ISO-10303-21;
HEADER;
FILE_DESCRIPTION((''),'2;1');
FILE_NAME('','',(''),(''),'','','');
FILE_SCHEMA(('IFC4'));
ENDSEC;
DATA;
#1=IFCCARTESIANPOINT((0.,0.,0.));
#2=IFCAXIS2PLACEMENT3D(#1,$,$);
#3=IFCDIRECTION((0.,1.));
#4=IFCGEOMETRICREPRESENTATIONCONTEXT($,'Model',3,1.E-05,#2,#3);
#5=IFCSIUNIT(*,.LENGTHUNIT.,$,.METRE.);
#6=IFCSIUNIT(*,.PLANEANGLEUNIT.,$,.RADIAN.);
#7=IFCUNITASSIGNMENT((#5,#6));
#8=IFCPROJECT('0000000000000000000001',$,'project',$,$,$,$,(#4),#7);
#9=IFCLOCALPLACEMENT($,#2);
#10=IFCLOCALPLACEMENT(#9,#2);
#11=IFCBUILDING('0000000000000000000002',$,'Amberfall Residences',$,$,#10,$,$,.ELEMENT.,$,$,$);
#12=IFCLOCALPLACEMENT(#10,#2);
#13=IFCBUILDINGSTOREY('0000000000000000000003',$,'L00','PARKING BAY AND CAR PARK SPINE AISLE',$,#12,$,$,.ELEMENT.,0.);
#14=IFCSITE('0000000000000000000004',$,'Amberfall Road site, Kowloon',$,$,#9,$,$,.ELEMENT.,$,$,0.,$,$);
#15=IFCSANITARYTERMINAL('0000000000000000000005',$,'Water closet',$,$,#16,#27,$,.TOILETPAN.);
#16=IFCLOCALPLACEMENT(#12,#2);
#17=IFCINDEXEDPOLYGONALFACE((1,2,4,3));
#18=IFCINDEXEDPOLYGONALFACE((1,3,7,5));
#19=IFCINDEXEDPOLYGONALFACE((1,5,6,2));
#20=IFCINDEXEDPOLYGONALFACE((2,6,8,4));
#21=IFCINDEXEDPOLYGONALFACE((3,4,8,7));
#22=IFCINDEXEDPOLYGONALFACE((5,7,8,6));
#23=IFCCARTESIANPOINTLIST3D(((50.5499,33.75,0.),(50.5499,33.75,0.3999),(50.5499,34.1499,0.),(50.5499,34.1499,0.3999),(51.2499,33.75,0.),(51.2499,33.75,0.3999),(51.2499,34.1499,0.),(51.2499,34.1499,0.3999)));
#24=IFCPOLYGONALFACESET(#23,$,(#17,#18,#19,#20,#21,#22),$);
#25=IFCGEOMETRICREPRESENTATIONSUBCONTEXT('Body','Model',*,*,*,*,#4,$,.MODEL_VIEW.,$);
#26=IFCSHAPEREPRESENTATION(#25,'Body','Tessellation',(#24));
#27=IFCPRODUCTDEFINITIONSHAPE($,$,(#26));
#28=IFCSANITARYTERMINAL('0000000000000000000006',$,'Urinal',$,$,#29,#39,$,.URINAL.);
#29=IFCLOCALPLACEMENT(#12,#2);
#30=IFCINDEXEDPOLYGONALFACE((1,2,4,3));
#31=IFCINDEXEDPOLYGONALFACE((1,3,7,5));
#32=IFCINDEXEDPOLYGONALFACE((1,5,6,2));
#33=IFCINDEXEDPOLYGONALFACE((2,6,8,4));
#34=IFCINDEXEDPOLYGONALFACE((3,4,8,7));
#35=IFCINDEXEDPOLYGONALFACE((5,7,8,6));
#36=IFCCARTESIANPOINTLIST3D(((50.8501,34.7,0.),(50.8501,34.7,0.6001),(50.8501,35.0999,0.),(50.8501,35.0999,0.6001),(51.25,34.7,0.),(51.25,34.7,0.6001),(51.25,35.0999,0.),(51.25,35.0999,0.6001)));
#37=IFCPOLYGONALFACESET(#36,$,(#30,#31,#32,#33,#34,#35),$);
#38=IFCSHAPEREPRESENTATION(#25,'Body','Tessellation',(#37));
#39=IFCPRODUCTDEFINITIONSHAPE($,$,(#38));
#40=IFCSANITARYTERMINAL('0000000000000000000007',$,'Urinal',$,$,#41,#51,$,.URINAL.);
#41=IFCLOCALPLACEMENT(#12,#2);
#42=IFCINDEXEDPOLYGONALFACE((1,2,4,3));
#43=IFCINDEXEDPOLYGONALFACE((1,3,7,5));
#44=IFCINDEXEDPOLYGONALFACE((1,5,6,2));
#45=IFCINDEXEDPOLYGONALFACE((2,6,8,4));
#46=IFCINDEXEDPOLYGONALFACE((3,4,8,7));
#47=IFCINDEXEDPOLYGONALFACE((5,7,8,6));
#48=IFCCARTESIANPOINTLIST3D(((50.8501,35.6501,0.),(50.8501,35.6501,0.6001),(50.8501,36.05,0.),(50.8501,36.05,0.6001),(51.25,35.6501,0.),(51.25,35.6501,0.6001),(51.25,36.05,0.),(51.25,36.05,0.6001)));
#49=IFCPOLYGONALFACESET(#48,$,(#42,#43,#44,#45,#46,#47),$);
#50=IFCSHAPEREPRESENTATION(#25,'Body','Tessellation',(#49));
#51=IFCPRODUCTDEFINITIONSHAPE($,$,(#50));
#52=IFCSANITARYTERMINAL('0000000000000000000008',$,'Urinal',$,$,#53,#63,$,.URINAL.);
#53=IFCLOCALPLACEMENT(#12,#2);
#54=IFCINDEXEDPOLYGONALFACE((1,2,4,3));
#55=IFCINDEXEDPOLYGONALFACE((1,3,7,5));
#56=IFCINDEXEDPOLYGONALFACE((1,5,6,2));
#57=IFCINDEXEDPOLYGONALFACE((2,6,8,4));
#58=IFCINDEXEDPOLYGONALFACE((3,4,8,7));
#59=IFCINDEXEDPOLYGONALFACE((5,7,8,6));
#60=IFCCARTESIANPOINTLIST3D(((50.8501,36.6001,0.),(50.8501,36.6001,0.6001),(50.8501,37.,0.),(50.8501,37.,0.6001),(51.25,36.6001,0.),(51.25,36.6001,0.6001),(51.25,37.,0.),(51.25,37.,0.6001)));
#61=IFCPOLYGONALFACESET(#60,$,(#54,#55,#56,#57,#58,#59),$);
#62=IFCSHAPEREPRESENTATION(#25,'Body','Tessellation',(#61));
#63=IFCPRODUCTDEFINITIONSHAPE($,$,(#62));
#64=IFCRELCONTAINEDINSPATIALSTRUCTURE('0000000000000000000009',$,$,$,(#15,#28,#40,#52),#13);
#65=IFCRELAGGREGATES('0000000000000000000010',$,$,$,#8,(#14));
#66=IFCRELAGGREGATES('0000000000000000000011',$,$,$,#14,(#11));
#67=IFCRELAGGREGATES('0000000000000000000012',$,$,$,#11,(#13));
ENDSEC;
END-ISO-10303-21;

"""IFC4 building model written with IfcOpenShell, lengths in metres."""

from ifc_helpers import new_model, si_unit, direction, frame, origin, origin_2d, place, context, subcontext, project, spatial, rectangle, extrude, element, save


model = new_model("IFC4")

# Units and contexts
model_context = context("Model", 3, precision=1e-05, world=origin(), true_north=direction((0.0, 1.0)))
body_context = subcontext(model_context, "Body", "Model", "MODEL_VIEW")
ifc_project = project(units=[si_unit("LENGTHUNIT", "METRE"), si_unit("PLANEANGLEUNIT", "RADIAN")], contexts=[model_context])

# Site, building, storey
site_placement = place(None, origin())
site = spatial("IfcSite", under=ifc_project, at=site_placement, Name="Amberfall Road site, Kowloon", CompositionType="ELEMENT", RefElevation=0.0)
building_placement = place(site_placement, origin())
building = spatial("IfcBuilding", under=site, at=building_placement, Name="Amberfall Residences", CompositionType="ELEMENT")
storey_placement = place(building_placement, origin())
storey = spatial("IfcBuildingStorey", under=building, at=storey_placement, Name="L00", Description="PARKING BAY AND CAR PARK SPINE AISLE", CompositionType="ELEMENT", Elevation=0.0)

# Sanitary terminals
for number, where, z_axis, x_axis, name in (
    (1, (50.8999, 33.95, 0.0), (0.0, 0.0, 1.0), (1.0, 0.0, 0.0), "Water closet"),
):
    element("IfcSanitaryTerminal", number, at=place(storey_placement, frame(where, z_axis=z_axis, x_axis=x_axis)), inside=storey, Name=name, PredefinedType="TOILETPAN", context=body_context, shape_type="SweptSolid", body=[
        extrude(rectangle(XDim=0.7, YDim=0.3999, at=origin_2d()), origin(), (0.0, 0.0, 1.0), 0.3999),
    ])
for number, where, z_axis, x_axis, name in (
    (2, (51.05, 34.8999, 0.0), (0.0, 0.0, 1.0), (1.0, 0.0, 0.0), "Urinal"),
    (3, (51.05, 35.8501, 0.0), (0.0, 0.0, 1.0), (1.0, 0.0, 0.0), "Urinal"),
    (4, (51.05, 36.8, 0.0), (0.0, 0.0, 1.0), (1.0, 0.0, 0.0), "Urinal"),
):
    element("IfcSanitaryTerminal", number, at=place(storey_placement, frame(where, z_axis=z_axis, x_axis=x_axis)), inside=storey, Name=name, PredefinedType="URINAL", context=body_context, shape_type="SweptSolid", body=[
        extrude(rectangle(XDim=0.3999, YDim=0.3999, at=origin_2d()), origin(), (0.0, 0.0, 1.0), 0.6001),
    ])

save(model, "model.ifc")
